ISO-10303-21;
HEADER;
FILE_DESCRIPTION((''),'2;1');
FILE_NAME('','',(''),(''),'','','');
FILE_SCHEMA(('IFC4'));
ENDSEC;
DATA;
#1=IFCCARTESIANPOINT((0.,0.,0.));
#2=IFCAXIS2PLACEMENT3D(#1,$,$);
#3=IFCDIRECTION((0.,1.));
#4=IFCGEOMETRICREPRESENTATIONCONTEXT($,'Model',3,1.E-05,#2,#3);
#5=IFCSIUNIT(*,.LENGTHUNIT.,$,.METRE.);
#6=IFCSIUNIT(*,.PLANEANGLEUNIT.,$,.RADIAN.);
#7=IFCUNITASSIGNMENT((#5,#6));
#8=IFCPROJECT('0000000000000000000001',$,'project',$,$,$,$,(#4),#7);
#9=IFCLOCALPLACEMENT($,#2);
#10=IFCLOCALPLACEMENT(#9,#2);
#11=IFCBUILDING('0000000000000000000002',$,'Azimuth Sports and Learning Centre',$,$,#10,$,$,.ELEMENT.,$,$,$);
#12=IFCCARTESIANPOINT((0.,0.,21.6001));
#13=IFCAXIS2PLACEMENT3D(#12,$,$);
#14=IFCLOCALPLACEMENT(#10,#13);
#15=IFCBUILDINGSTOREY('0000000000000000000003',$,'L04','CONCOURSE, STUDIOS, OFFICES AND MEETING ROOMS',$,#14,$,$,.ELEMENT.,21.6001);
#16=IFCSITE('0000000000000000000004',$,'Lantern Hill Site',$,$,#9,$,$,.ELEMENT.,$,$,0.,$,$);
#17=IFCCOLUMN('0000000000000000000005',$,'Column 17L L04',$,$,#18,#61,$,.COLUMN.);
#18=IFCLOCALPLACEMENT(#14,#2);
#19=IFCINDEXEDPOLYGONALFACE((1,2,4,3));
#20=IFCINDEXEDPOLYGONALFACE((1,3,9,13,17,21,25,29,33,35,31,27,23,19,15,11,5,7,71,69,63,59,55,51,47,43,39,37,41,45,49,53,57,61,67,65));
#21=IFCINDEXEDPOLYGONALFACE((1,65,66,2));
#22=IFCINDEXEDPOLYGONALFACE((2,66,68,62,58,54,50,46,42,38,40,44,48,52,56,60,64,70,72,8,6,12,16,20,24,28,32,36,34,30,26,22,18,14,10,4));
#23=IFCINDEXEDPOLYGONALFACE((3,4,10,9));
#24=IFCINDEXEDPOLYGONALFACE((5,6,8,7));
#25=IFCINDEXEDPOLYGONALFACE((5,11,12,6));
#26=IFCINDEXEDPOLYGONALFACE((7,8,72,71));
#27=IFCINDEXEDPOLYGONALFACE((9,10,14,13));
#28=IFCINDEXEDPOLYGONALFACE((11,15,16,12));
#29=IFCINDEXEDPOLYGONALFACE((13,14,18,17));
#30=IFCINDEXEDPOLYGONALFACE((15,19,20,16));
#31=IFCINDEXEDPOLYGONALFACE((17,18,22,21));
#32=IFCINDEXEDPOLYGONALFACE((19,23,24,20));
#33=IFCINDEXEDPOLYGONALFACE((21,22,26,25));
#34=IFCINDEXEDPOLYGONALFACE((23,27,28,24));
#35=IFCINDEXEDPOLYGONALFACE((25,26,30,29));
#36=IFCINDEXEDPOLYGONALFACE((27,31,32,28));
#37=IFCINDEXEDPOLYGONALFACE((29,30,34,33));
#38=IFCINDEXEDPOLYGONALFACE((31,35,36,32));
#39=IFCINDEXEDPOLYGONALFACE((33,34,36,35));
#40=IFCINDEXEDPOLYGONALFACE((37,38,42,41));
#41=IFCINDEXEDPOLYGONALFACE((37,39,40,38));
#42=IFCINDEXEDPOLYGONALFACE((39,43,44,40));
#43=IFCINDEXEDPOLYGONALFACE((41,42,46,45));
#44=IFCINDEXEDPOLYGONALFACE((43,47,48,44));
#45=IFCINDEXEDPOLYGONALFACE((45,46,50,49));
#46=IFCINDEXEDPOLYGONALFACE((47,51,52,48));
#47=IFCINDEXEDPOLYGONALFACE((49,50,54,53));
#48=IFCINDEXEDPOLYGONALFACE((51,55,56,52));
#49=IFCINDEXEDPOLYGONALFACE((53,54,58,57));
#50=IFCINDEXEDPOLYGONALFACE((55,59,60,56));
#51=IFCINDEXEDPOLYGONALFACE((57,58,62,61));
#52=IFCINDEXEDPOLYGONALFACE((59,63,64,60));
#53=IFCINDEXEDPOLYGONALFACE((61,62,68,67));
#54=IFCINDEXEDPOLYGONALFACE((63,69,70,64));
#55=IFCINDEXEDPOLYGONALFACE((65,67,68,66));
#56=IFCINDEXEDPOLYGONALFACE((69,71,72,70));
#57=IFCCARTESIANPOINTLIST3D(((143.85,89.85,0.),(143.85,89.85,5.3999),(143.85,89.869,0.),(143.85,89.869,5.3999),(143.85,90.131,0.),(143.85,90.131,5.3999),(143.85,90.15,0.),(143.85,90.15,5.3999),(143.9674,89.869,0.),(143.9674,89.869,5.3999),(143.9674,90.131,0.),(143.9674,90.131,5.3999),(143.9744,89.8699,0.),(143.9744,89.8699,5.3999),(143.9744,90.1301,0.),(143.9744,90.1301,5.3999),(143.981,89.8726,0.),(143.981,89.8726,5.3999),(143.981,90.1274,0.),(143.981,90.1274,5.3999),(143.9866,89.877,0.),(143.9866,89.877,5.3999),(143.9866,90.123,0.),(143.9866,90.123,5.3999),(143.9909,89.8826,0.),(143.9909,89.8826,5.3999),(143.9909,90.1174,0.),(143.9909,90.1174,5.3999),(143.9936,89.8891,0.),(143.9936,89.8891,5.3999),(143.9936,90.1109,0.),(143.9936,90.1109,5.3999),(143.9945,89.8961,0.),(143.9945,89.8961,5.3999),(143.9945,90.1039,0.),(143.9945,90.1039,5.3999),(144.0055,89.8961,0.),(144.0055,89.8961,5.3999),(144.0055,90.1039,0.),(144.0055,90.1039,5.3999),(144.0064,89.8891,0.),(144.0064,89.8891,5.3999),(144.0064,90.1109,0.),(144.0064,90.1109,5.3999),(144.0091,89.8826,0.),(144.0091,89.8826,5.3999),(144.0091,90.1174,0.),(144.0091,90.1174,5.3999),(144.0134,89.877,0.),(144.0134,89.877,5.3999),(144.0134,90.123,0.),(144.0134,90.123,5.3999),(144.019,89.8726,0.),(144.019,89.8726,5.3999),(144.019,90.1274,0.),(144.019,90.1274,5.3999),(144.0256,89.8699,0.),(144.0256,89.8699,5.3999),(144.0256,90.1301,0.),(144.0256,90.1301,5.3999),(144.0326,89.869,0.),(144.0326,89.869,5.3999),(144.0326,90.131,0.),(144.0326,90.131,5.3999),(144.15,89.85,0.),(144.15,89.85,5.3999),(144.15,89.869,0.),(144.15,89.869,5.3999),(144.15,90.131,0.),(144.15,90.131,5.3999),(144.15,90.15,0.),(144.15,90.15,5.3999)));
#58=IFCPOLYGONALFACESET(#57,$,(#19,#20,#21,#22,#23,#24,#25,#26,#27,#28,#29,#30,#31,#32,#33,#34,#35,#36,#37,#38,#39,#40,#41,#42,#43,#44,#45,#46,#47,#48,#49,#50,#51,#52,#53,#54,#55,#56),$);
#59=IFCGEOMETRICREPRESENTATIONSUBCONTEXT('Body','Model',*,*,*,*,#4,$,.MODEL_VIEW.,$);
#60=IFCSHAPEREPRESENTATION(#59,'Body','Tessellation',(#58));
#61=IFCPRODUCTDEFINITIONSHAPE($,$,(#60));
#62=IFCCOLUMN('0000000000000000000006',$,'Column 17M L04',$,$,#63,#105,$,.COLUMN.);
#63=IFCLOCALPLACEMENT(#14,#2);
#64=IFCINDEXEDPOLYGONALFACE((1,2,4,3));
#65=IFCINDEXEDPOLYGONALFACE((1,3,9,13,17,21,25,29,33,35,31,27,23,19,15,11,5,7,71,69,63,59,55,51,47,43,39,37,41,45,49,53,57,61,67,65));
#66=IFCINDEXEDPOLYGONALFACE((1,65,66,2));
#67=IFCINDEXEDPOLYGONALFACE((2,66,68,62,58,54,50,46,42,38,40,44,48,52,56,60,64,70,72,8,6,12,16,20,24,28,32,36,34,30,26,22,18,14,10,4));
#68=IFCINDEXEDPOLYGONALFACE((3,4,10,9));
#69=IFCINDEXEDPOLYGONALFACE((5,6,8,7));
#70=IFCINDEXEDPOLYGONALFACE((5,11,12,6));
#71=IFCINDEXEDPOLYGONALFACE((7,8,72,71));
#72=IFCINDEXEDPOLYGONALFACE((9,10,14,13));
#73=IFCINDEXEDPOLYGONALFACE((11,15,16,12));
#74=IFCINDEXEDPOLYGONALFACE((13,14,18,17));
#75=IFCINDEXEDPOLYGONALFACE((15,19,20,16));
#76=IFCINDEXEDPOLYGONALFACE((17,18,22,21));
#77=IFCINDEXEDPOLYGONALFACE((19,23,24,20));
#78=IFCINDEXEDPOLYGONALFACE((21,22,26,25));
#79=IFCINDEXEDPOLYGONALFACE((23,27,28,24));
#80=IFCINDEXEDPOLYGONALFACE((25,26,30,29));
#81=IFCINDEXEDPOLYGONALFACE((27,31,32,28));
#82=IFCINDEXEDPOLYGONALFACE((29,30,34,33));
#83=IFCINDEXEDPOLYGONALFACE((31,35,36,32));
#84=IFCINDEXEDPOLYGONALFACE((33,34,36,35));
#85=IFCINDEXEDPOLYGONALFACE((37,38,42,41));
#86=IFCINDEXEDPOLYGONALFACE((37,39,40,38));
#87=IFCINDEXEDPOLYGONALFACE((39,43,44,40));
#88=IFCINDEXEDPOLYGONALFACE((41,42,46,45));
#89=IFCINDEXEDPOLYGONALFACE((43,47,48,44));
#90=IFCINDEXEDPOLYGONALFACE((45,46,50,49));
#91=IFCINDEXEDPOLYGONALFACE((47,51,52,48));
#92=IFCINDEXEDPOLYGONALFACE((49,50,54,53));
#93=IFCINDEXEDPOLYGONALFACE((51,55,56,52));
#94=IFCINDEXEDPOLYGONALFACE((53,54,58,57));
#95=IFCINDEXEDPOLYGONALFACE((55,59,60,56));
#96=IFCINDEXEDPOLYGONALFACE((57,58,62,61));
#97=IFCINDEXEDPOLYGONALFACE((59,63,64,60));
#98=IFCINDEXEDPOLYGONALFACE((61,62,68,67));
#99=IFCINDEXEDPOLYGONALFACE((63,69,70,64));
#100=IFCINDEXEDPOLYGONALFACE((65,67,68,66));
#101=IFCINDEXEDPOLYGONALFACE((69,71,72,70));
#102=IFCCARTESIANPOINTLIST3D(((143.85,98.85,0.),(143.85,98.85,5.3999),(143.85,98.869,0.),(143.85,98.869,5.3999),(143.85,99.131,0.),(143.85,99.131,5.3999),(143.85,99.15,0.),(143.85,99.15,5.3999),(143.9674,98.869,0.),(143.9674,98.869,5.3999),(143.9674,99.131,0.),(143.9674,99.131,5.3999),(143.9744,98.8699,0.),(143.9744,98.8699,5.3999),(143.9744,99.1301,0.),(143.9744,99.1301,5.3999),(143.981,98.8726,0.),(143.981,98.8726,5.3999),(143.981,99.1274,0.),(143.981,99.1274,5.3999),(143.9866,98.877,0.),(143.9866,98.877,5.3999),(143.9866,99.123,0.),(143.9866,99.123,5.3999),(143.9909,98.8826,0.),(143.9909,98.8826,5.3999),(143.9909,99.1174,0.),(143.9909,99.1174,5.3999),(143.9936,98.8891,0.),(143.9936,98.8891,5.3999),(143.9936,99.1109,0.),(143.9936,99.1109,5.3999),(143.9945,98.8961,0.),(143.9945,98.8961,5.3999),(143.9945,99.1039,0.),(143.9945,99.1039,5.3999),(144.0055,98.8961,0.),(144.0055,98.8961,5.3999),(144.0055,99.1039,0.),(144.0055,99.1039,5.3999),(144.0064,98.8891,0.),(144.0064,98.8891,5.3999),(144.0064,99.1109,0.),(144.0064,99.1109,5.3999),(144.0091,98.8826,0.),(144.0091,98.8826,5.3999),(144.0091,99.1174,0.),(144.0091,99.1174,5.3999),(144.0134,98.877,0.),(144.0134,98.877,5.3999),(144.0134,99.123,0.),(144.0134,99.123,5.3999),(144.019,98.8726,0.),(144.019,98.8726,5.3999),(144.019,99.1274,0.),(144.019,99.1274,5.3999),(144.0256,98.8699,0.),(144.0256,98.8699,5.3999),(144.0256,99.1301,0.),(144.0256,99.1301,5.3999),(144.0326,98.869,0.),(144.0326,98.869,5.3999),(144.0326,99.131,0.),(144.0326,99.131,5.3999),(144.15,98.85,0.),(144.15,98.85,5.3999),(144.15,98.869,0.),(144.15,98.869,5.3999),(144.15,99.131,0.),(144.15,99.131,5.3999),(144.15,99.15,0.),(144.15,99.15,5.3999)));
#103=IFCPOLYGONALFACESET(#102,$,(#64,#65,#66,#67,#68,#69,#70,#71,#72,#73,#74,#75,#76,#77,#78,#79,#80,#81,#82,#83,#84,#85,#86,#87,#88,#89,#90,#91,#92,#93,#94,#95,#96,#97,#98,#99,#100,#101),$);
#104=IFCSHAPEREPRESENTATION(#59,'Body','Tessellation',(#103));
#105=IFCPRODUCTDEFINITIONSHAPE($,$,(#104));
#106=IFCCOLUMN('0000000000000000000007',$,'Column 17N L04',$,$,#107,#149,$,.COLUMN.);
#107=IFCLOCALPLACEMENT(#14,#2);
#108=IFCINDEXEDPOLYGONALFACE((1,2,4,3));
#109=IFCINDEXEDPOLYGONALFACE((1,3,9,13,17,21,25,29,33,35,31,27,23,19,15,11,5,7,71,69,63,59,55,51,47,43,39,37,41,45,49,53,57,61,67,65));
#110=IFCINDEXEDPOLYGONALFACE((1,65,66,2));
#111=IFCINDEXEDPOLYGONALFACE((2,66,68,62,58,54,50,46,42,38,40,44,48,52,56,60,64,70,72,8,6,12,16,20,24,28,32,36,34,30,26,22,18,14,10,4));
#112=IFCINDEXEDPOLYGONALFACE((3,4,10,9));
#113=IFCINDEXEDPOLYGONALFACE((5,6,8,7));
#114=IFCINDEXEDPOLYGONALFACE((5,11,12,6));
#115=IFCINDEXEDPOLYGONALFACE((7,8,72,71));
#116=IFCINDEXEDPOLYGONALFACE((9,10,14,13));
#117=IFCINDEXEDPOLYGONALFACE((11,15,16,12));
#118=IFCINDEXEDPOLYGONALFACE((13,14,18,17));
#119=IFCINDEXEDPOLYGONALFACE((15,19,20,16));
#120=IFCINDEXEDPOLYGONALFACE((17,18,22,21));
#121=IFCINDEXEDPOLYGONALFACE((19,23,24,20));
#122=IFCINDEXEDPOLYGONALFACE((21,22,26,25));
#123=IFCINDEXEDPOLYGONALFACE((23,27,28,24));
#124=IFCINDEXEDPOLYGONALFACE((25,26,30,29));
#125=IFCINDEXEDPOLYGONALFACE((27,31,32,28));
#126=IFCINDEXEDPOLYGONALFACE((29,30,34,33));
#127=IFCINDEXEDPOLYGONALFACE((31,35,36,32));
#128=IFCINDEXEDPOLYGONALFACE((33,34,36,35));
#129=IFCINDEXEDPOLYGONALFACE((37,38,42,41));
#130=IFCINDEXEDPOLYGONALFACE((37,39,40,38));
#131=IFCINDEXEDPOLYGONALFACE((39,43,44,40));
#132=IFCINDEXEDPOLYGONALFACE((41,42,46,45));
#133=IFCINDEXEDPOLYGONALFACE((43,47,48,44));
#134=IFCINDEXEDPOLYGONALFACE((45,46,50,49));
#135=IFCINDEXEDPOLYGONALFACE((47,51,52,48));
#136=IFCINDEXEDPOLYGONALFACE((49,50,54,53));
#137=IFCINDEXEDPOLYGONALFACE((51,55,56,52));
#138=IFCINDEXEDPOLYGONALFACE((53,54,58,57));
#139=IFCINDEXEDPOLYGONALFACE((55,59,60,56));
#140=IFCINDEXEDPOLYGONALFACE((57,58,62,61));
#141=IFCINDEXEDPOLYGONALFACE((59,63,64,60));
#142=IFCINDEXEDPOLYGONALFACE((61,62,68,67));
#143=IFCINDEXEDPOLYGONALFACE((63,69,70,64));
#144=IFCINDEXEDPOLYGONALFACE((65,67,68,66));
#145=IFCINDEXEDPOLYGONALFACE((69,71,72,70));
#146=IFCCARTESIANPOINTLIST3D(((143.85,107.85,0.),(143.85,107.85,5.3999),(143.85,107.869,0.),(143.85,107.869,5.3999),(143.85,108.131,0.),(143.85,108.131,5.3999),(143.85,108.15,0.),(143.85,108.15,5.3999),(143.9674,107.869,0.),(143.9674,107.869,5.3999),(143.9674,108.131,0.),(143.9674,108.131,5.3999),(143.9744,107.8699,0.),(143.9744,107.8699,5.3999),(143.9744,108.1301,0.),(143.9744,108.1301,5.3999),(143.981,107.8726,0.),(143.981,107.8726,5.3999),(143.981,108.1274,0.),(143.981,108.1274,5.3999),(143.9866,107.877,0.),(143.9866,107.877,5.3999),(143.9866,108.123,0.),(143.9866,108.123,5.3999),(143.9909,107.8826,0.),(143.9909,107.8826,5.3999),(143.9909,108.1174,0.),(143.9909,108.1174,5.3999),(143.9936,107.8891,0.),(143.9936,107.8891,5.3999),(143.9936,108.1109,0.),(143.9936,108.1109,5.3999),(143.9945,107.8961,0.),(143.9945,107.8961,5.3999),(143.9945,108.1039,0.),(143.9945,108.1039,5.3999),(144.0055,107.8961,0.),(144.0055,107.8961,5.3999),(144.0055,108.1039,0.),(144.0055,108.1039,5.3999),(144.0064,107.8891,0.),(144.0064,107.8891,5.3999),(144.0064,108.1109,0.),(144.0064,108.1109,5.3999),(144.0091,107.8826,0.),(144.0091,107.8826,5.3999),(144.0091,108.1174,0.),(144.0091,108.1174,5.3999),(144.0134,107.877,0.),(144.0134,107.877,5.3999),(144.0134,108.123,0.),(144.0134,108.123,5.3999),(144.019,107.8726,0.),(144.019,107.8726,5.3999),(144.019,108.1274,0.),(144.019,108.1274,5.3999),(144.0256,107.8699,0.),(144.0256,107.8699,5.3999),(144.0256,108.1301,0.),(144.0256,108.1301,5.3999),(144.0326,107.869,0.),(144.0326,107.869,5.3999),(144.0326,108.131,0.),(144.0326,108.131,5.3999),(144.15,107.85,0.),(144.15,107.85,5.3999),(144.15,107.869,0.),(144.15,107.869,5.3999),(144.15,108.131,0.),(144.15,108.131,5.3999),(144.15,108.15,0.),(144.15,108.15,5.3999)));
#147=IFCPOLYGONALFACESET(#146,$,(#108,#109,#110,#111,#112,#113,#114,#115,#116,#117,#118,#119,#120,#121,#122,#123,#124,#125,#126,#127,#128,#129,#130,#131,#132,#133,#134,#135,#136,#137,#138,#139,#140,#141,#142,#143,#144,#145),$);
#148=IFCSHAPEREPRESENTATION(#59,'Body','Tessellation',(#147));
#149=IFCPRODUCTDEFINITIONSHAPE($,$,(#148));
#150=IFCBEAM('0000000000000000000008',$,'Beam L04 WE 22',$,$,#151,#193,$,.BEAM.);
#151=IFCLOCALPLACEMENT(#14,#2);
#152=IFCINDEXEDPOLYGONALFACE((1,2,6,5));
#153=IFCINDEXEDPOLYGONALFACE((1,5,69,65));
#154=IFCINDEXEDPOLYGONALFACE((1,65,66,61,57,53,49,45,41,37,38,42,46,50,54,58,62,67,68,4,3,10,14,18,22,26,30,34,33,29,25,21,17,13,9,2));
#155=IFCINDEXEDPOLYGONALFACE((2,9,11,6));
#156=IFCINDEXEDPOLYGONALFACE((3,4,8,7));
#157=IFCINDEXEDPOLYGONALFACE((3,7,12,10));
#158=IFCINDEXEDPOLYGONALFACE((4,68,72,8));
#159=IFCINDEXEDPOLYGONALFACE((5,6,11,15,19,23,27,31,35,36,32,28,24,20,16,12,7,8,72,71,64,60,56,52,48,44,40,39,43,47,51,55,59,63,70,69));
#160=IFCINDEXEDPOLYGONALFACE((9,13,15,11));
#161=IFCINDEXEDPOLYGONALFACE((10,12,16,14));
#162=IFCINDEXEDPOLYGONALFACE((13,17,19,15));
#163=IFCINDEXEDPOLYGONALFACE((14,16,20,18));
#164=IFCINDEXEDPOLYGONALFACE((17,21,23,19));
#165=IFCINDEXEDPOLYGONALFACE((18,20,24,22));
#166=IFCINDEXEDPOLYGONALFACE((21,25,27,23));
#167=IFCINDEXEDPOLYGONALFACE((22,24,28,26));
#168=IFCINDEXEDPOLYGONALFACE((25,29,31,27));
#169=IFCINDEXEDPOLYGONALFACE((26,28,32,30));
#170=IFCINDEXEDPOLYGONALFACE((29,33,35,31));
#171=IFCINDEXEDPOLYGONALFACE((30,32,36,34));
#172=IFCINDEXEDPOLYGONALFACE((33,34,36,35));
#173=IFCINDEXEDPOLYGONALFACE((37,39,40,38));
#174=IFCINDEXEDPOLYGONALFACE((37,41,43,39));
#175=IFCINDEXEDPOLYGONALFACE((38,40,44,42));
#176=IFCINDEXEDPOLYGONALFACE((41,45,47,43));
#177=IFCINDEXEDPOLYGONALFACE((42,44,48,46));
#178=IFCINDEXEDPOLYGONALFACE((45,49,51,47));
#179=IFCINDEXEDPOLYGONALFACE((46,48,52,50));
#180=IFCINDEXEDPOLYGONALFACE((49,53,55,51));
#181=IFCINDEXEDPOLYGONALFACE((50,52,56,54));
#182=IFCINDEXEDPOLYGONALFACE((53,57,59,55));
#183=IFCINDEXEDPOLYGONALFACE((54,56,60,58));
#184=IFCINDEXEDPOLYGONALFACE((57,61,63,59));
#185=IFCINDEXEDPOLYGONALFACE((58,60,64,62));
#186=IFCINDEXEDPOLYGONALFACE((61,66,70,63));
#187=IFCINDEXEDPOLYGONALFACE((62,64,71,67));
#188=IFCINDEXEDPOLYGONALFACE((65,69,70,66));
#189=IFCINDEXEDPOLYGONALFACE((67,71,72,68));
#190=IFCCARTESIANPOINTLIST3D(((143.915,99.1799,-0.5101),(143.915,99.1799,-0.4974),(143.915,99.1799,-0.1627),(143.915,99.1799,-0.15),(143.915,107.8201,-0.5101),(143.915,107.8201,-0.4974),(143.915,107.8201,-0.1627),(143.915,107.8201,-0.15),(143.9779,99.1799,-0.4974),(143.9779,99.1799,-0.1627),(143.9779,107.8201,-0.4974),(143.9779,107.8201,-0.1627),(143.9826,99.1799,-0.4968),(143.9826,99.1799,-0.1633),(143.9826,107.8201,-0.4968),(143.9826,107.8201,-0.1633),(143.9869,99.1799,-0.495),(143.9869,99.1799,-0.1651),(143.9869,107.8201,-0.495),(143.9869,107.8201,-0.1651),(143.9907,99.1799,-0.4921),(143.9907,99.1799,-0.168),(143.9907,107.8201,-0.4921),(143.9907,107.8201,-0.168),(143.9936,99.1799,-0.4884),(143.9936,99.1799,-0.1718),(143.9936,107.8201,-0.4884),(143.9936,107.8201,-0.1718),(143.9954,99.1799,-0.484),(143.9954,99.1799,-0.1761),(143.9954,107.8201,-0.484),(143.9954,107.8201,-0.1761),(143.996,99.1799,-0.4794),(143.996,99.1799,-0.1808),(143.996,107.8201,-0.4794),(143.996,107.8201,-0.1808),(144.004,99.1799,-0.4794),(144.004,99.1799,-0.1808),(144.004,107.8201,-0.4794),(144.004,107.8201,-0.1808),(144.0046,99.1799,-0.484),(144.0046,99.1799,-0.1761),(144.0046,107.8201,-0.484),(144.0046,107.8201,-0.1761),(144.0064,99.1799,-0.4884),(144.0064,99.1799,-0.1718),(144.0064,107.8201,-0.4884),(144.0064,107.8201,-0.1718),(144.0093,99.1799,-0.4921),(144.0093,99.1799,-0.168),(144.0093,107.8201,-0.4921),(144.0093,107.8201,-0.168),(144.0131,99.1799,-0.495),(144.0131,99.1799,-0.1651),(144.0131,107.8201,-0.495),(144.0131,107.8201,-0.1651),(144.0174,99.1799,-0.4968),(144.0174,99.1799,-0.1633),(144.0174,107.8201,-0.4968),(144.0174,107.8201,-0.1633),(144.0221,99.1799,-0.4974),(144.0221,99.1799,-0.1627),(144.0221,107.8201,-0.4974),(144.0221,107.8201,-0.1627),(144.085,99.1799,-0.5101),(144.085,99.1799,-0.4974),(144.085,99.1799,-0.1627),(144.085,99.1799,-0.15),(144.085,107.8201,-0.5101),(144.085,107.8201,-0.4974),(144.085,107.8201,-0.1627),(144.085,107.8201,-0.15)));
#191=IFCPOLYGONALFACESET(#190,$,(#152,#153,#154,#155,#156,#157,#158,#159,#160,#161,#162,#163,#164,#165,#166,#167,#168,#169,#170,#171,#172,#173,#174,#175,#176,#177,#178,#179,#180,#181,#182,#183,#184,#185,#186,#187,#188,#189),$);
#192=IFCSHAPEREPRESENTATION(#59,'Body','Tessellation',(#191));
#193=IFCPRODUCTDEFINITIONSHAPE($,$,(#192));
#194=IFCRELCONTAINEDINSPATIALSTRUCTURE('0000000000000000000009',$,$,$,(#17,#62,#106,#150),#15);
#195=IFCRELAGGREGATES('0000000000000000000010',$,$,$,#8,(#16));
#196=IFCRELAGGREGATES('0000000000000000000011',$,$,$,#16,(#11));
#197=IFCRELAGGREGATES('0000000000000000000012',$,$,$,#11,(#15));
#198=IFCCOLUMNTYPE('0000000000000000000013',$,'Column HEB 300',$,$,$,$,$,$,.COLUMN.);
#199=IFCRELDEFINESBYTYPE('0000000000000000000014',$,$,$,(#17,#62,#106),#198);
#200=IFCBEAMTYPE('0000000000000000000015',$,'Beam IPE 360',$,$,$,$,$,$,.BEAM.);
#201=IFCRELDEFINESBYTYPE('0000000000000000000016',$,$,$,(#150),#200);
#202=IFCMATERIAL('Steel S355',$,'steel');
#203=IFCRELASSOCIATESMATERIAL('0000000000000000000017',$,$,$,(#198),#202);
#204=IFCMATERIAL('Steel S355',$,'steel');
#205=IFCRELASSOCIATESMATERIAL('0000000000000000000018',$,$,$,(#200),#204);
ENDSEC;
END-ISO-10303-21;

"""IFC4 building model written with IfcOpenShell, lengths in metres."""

from ifc_helpers import new_model, si_unit, direction, frame, origin, origin_2d, place, context, subcontext, project, spatial, i_section, extrude, material, material_profile, profile_set, type_object, element, save


model = new_model("IFC4")

# Units and contexts
model_context = context("Model", 3, precision=1e-05, world=origin(), true_north=direction((0.0, 1.0)))
body_context = subcontext(model_context, "Body", "Model", "MODEL_VIEW")
ifc_project = project(units=[si_unit("LENGTHUNIT", "METRE"), si_unit("PLANEANGLEUNIT", "RADIAN")], contexts=[model_context])

# Site, building, storey
site_placement = place(None, origin())
site = spatial("IfcSite", under=ifc_project, at=site_placement, Name="Lantern Hill Site", CompositionType="ELEMENT", RefElevation=0.0)
building_placement = place(site_placement, origin())
building = spatial("IfcBuilding", under=site, at=building_placement, Name="Azimuth Sports and Learning Centre", CompositionType="ELEMENT")
storey_placement = place(building_placement, frame((0.0, 0.0, 21.6001)))
storey = spatial("IfcBuildingStorey", under=building, at=storey_placement, Name="L04", Description="CONCOURSE, STUDIOS, OFFICES AND MEETING ROOMS", CompositionType="ELEMENT", Elevation=21.6001)

# Columns
ifc_material_1 = material(Name="Steel S355", Category="steel")
ifc_material_profile_1 = material_profile(ifc_material_1, i_section(OverallWidth=0.3, OverallDepth=0.3, WebThickness=0.011, FlangeThickness=0.019, FilletRadius=0.0271, at=origin_2d()), Name="HEB 300")
ifc_profile_set_1 = profile_set([ifc_material_profile_1], Name="Steel S355")
column_type = type_object("IfcColumnType", Name="Column HEB 300", PredefinedType="COLUMN", material=ifc_profile_set_1)
for number, where, z_axis, x_axis, name in (
    (1, (144.0, 90.0, 0.0), (0.0, 0.0, 1.0), (1.0, 0.0, 0.0), "Column 17L L04"),
    (2, (144.0, 99.0, 0.0), (0.0, 0.0, 1.0), (1.0, 0.0, 0.0), "Column 17M L04"),
    (3, (144.0, 108.0, 0.0), (0.0, 0.0, 1.0), (1.0, 0.0, 0.0), "Column 17N L04"),
):
    element("IfcColumn", number, at=place(storey_placement, frame(where, z_axis=z_axis, x_axis=x_axis)), inside=storey, type_object=column_type, Name=name, PredefinedType="COLUMN", context=body_context, shape_type="SweptSolid", body=[
        extrude(i_section(OverallWidth=0.3, OverallDepth=0.3, WebThickness=0.011, FlangeThickness=0.019, FilletRadius=0.0271, at=origin_2d()), origin(), (0.0, 0.0, 1.0), 5.3999),
    ])

# Beam
ifc_material_2 = material(Name="Steel S355", Category="steel")
ifc_material_profile_2 = material_profile(ifc_material_2, i_section(OverallWidth=0.1699, OverallDepth=0.3601, WebThickness=0.0081, FlangeThickness=0.0127, FilletRadius=0.0181, at=origin_2d()), Name="IPE 360")
ifc_profile_set_2 = profile_set([ifc_material_profile_2], Name="Steel S355")
beam_type_1 = type_object("IfcBeamType", Name="Beam IPE 360", PredefinedType="BEAM", material=ifc_profile_set_2)
beam_1_placement = place(storey_placement, frame((144.0, 99.1799, -0.3301), z_axis=(0.0, 1.0, 0.0), x_axis=(-1.0, 0.0, 0.0)))
element("IfcBeam", 4, at=beam_1_placement, inside=storey, type_object=beam_type_1, Name="Beam L04 WE 22", PredefinedType="BEAM", context=body_context, shape_type="SweptSolid", body=[
    extrude(i_section(OverallWidth=0.1699, OverallDepth=0.3601, WebThickness=0.0081, FlangeThickness=0.0127, FilletRadius=0.0181, at=origin_2d()), origin(), (0.0, 0.0, 1.0), 8.6401),
])

save(model, "model.ifc")
